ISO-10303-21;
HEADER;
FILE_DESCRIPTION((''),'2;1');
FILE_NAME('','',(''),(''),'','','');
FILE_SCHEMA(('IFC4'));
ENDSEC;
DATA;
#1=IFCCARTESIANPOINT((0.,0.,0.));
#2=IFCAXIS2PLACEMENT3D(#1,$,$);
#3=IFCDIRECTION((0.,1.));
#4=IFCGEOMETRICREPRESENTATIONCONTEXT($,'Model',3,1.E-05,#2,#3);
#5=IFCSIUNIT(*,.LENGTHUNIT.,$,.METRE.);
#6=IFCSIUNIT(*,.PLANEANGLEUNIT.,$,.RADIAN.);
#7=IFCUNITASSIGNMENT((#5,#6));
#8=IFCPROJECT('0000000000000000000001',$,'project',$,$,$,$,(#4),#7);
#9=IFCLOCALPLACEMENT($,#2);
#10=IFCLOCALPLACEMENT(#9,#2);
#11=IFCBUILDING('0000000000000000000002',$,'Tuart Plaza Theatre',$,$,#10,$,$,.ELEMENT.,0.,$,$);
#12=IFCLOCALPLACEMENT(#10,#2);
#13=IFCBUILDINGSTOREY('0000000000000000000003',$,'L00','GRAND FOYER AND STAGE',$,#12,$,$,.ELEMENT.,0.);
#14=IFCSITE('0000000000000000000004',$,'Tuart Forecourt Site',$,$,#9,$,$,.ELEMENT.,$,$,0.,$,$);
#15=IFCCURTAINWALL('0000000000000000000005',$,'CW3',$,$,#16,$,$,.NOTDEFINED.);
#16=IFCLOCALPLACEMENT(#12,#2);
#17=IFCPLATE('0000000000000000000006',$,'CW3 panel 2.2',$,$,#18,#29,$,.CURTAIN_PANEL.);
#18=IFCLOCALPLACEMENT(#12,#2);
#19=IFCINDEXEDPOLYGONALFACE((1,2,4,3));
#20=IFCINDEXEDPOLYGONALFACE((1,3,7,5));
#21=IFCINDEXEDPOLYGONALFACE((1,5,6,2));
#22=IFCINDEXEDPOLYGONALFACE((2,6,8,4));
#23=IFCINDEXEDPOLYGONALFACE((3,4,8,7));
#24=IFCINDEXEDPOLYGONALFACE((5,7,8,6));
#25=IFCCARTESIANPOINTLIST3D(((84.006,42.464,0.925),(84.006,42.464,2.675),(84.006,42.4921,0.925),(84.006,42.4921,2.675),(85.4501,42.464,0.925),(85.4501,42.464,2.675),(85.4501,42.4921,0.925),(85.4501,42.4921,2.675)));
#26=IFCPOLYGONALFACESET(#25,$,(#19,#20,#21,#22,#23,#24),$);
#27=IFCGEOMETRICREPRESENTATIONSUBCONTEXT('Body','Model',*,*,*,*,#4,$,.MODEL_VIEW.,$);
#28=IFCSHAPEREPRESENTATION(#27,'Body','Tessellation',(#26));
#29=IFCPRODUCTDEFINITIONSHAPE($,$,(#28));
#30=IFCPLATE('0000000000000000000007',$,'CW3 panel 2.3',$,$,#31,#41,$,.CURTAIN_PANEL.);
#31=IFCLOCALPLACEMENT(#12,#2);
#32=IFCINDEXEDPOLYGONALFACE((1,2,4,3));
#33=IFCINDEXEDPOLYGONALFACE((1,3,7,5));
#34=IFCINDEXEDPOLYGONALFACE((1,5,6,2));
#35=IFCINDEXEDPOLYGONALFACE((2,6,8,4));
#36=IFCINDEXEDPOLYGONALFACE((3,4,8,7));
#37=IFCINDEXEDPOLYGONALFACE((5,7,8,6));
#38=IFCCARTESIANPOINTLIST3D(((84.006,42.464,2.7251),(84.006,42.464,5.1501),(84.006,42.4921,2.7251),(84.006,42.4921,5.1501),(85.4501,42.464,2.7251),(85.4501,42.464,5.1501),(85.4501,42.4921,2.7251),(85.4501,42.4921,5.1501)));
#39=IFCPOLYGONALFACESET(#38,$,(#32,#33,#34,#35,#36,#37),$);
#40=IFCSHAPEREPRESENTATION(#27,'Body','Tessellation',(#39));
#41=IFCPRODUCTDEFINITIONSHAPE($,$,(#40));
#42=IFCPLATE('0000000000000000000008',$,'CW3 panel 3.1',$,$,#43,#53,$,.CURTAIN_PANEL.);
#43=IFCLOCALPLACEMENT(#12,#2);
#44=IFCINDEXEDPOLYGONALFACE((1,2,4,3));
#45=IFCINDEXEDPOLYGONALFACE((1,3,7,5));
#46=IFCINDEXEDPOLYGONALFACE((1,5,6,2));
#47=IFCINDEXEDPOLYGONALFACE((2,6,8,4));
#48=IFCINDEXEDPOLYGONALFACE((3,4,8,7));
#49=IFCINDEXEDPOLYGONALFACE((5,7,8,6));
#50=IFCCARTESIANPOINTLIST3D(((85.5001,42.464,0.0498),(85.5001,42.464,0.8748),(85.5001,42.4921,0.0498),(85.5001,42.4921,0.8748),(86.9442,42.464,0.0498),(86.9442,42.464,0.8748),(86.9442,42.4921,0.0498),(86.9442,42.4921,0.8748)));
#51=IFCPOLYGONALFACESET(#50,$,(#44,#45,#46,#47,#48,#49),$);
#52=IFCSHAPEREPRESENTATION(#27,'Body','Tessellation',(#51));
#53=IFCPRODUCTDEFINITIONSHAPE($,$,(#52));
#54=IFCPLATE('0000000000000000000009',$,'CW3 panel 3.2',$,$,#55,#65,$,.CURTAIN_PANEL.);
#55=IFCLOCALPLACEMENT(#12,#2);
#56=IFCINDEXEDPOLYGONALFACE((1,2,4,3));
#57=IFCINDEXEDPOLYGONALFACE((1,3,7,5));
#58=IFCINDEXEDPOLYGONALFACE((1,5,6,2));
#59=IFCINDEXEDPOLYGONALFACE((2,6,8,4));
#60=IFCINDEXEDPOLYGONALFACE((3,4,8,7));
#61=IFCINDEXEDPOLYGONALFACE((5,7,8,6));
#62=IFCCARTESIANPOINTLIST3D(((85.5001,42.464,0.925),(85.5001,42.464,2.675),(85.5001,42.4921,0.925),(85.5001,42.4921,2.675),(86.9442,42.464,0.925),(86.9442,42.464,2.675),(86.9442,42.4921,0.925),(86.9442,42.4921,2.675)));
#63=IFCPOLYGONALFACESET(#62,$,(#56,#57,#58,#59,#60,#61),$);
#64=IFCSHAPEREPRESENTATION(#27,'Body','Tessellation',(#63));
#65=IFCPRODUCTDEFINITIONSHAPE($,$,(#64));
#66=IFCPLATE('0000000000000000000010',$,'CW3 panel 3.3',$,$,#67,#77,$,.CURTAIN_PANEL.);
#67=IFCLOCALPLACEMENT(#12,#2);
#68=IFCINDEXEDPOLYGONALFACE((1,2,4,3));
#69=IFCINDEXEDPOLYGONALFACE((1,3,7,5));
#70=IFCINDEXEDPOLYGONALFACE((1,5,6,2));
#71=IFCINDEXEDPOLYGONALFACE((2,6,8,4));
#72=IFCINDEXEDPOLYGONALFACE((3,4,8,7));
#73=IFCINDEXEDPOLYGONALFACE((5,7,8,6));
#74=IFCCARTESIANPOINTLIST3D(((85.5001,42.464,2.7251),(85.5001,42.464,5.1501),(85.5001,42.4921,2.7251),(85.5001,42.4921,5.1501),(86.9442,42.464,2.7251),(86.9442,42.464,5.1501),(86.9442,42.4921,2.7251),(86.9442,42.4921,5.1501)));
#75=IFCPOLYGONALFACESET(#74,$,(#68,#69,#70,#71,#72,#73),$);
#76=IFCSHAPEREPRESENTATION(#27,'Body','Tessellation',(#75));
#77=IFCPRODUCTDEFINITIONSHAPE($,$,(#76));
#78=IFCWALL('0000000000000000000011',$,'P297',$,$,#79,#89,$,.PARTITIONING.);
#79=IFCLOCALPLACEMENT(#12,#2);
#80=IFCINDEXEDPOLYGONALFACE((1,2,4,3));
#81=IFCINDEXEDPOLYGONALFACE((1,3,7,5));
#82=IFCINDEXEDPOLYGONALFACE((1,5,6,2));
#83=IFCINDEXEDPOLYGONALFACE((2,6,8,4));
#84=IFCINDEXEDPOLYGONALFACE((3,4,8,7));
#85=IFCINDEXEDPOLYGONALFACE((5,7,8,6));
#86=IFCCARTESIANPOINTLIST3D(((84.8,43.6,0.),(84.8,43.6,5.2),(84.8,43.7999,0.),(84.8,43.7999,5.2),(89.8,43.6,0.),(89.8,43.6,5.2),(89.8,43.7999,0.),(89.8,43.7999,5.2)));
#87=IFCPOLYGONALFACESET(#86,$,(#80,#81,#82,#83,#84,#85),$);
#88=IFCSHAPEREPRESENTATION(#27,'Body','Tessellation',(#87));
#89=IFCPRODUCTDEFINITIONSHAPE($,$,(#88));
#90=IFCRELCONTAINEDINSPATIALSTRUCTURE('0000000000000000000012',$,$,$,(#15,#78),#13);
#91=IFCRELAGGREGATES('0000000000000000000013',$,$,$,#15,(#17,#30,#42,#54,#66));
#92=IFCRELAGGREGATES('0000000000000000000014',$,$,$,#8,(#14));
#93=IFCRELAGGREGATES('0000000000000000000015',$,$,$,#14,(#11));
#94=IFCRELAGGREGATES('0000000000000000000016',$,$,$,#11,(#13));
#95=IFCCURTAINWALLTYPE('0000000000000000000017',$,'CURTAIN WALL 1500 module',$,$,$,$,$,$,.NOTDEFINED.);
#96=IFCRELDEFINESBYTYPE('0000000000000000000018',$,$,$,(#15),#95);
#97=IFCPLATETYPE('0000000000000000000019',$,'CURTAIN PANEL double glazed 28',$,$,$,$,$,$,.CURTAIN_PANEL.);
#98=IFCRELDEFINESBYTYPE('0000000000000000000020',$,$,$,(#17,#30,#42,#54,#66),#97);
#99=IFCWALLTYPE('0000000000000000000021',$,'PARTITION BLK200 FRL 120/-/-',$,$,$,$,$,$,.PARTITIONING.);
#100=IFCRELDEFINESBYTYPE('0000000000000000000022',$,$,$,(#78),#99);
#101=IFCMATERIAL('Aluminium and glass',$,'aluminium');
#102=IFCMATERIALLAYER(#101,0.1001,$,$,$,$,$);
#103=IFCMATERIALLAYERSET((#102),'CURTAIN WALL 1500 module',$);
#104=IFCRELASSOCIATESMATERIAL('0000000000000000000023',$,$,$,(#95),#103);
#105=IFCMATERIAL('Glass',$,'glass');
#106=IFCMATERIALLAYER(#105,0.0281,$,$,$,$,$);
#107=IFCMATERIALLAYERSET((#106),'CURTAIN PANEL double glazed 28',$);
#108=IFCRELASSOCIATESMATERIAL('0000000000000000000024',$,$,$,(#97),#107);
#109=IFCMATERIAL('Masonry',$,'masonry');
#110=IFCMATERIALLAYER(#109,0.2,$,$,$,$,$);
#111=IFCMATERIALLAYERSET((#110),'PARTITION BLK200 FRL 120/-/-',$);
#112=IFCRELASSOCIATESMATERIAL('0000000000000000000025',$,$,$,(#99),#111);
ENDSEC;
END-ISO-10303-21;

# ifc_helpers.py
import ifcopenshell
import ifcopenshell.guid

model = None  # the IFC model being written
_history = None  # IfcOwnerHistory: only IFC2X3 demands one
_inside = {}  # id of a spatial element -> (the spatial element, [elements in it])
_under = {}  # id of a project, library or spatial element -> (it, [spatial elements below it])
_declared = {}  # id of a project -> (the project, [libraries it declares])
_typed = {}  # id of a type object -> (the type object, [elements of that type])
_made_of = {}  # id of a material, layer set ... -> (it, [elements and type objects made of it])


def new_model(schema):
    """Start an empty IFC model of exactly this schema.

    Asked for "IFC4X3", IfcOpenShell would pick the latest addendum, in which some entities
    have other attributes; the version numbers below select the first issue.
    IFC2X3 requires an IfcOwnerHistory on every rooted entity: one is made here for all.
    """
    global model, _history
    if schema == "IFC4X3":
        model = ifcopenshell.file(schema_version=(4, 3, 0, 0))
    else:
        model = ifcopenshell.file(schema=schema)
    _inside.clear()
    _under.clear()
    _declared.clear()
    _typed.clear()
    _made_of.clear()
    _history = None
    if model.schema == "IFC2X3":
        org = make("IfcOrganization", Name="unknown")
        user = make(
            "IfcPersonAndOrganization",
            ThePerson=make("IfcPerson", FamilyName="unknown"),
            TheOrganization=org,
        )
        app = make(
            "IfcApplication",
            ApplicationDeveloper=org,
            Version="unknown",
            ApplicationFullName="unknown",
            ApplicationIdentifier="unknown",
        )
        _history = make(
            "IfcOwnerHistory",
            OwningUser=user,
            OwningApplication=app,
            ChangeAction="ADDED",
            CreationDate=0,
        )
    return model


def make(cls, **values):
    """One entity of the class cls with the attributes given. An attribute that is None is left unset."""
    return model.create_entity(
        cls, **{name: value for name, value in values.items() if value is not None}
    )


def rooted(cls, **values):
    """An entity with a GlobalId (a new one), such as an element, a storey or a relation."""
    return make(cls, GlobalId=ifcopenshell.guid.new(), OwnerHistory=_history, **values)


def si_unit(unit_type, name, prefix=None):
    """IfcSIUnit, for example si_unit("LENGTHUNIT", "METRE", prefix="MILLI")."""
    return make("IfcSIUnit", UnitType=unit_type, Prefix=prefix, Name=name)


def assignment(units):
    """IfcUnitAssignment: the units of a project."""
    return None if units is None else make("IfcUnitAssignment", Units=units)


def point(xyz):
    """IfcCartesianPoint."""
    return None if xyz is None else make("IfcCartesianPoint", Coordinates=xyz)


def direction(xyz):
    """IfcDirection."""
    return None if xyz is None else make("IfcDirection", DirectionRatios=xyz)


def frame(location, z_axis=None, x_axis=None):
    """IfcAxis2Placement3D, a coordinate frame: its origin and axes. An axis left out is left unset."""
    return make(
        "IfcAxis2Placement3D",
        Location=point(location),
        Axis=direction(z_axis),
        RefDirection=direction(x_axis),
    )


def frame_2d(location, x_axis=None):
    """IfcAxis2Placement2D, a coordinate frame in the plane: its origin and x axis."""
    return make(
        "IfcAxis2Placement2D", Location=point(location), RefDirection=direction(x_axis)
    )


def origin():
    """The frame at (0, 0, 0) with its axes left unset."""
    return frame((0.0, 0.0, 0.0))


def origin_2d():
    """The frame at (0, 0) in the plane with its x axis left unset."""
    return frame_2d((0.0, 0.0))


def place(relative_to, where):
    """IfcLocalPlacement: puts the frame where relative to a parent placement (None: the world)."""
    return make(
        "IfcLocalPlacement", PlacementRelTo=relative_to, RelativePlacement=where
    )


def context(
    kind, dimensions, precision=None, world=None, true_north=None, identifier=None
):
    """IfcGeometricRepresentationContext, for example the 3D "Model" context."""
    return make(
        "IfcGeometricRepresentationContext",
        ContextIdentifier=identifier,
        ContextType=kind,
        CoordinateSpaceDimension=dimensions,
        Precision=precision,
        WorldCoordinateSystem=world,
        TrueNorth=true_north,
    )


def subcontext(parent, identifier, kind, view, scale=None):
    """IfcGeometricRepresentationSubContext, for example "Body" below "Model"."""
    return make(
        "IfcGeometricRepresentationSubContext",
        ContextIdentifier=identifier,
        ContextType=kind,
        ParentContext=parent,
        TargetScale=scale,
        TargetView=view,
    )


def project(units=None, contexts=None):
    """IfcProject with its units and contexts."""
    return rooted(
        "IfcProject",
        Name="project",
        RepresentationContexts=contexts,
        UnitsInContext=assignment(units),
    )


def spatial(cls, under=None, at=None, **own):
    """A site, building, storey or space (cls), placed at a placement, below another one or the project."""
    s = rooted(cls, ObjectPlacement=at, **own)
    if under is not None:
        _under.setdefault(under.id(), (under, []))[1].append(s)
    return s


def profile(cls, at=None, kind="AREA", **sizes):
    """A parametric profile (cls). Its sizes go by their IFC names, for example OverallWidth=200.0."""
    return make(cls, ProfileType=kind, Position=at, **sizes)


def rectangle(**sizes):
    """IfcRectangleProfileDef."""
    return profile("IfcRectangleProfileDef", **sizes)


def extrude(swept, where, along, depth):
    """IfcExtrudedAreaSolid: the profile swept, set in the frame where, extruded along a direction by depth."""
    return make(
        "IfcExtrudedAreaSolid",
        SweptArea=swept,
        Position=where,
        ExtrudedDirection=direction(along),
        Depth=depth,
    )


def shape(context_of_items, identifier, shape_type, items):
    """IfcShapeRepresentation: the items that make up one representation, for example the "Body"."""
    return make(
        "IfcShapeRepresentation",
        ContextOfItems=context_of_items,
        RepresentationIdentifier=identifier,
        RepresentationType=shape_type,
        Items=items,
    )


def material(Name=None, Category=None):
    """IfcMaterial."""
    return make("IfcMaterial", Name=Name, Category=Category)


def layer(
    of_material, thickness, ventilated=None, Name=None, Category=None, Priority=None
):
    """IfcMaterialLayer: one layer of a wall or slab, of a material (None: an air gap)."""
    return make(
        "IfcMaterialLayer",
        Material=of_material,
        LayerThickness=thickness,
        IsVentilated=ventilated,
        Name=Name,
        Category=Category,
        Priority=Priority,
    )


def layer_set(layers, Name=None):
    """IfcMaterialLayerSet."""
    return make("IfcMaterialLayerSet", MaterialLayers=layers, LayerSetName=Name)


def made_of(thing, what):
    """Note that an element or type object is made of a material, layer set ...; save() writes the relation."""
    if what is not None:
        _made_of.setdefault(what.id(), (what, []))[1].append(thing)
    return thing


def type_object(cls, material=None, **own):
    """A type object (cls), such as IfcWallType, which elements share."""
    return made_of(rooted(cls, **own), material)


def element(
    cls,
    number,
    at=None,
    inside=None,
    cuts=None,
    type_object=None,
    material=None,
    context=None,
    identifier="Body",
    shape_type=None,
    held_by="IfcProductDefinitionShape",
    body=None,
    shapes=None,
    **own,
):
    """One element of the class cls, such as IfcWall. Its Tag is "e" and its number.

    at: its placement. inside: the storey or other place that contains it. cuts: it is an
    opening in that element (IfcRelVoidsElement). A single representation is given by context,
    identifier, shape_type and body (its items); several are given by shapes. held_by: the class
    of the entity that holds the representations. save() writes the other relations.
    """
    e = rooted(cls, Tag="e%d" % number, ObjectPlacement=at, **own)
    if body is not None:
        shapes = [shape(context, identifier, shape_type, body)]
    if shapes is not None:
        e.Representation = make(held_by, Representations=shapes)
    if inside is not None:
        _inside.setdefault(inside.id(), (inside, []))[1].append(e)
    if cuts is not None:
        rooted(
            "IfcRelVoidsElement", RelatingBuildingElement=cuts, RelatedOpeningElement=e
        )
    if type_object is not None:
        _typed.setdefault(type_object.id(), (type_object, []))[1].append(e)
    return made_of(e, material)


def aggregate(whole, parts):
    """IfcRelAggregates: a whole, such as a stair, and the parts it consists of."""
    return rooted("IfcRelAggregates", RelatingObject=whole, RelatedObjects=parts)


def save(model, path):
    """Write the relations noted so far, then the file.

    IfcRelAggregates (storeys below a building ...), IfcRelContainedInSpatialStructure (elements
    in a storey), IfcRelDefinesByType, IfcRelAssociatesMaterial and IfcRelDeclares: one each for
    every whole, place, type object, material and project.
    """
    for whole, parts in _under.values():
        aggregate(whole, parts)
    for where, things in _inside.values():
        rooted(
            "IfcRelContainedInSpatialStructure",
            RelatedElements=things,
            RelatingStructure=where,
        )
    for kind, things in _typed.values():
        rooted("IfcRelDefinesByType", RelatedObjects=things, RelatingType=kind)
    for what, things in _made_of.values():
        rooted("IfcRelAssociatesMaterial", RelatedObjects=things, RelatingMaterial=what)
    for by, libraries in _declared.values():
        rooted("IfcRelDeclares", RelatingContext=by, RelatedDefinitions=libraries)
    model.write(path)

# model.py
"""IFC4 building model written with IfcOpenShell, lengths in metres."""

from ifc_helpers import new_model, si_unit, direction, frame, frame_2d, origin, origin_2d, place, context, subcontext, project, spatial, rectangle, extrude, material, layer, layer_set, type_object, element, aggregate, save


model = new_model("IFC4")

# Units and contexts
model_context = context("Model", 3, precision=1e-05, world=origin(), true_north=direction((0.0, 1.0)))
body_context = subcontext(model_context, "Body", "Model", "MODEL_VIEW")
ifc_project = project(units=[si_unit("LENGTHUNIT", "METRE"), si_unit("PLANEANGLEUNIT", "RADIAN")], contexts=[model_context])

# Site, building, storey
site_placement = place(None, origin())
site = spatial("IfcSite", under=ifc_project, at=site_placement, Name="Tuart Forecourt Site", CompositionType="ELEMENT", RefElevation=0.0)
building_placement = place(site_placement, origin())
building = spatial("IfcBuilding", under=site, at=building_placement, Name="Tuart Plaza Theatre", CompositionType="ELEMENT", ElevationOfRefHeight=0.0)
storey_placement = place(building_placement, origin())
storey = spatial("IfcBuildingStorey", under=building, at=storey_placement, Name="L00", Description="GRAND FOYER AND STAGE", CompositionType="ELEMENT", Elevation=0.0)

# Curtain wall, plates
ifc_material_1 = material(Name="Aluminium and glass", Category="aluminium")
ifc_layer_1 = layer(ifc_material_1, 0.1001)
ifc_layer_set_1 = layer_set([ifc_layer_1], Name="CURTAIN WALL 1500 module")
curtain_wall_type = type_object("IfcCurtainWallType", Name="CURTAIN WALL 1500 module", PredefinedType="NOTDEFINED", material=ifc_layer_set_1)
curtain_wall_placement = place(storey_placement, origin())
curtain_wall = element("IfcCurtainWall", 1, at=curtain_wall_placement, inside=storey, type_object=curtain_wall_type, Name="CW3", PredefinedType="NOTDEFINED")
ifc_material_2 = material(Name="Glass", Category="glass")
ifc_layer_2 = layer(ifc_material_2, 0.0281)
ifc_layer_set_2 = layer_set([ifc_layer_2], Name="CURTAIN PANEL double glazed 28")
plate_type = type_object("IfcPlateType", Name="CURTAIN PANEL double glazed 28", PredefinedType="CURTAIN_PANEL", material=ifc_layer_set_2)
plate_1_placement = place(storey_placement, frame((84.728, 42.478, 0.925), z_axis=(0.0, 0.0, 1.0), x_axis=(1.0, 0.0, 0.0)))
plate_1 = element("IfcPlate", 2, at=plate_1_placement, type_object=plate_type, Name="CW3 panel 2.2", PredefinedType="CURTAIN_PANEL", context=body_context, shape_type="SweptSolid", body=[
    extrude(rectangle(XDim=1.4441, YDim=0.0281, at=origin_2d()), origin(), (0.0, 0.0, 1.0), 1.75),
])
plate_2_placement = place(storey_placement, frame((84.728, 42.478, 2.7251), z_axis=(0.0, 0.0, 1.0), x_axis=(1.0, 0.0, 0.0)))
plate_2 = element("IfcPlate", 3, at=plate_2_placement, type_object=plate_type, Name="CW3 panel 2.3", PredefinedType="CURTAIN_PANEL", context=body_context, shape_type="SweptSolid", body=[
    extrude(rectangle(XDim=1.4441, YDim=0.0281, at=origin_2d()), origin(), (0.0, 0.0, 1.0), 2.425),
])
plate_3_placement = place(storey_placement, frame((86.2222, 42.478, 0.0498), z_axis=(0.0, 0.0, 1.0), x_axis=(1.0, 0.0, 0.0)))
plate_3 = element("IfcPlate", 4, at=plate_3_placement, type_object=plate_type, Name="CW3 panel 3.1", PredefinedType="CURTAIN_PANEL", context=body_context, shape_type="SweptSolid", body=[
    extrude(rectangle(XDim=1.4441, YDim=0.0281, at=origin_2d()), origin(), (0.0, 0.0, 1.0), 0.825),
])
plate_4_placement = place(storey_placement, frame((86.2222, 42.478, 0.925), z_axis=(0.0, 0.0, 1.0), x_axis=(1.0, 0.0, 0.0)))
plate_4 = element("IfcPlate", 5, at=plate_4_placement, type_object=plate_type, Name="CW3 panel 3.2", PredefinedType="CURTAIN_PANEL", context=body_context, shape_type="SweptSolid", body=[
    extrude(rectangle(XDim=1.4441, YDim=0.0281, at=origin_2d()), origin(), (0.0, 0.0, 1.0), 1.75),
])
plate_5_placement = place(storey_placement, frame((86.2222, 42.478, 2.7251), z_axis=(0.0, 0.0, 1.0), x_axis=(1.0, 0.0, 0.0)))
plate_5 = element("IfcPlate", 6, at=plate_5_placement, type_object=plate_type, Name="CW3 panel 3.3", PredefinedType="CURTAIN_PANEL", context=body_context, shape_type="SweptSolid", body=[
    extrude(rectangle(XDim=1.4441, YDim=0.0281, at=origin_2d()), origin(), (0.0, 0.0, 1.0), 2.425),
])
aggregate(curtain_wall, [plate_1, plate_2, plate_3, plate_4, plate_5])

# Wall
ifc_material_3 = material(Name="Masonry", Category="masonry")
ifc_layer_3 = layer(ifc_material_3, 0.2)
ifc_layer_set_3 = layer_set([ifc_layer_3], Name="PARTITION BLK200 FRL 120/-/-")
wall_type = type_object("IfcWallType", Name="PARTITION BLK200 FRL 120/-/-", PredefinedType="PARTITIONING", material=ifc_layer_set_3)
wall_placement = place(storey_placement, frame((84.8, 43.7, 0.0), z_axis=(0.0, 0.0, 1.0), x_axis=(1.0, 0.0, 0.0)))
element("IfcWall", 7, at=wall_placement, inside=storey, type_object=wall_type, Name="P297", PredefinedType="PARTITIONING", context=body_context, shape_type="SweptSolid", body=[
    extrude(rectangle(XDim=5.0, YDim=0.2, at=frame_2d((2.5, 0.0))), origin(), (0.0, 0.0, 1.0), 5.2),
])

save(model, "model.ifc")
